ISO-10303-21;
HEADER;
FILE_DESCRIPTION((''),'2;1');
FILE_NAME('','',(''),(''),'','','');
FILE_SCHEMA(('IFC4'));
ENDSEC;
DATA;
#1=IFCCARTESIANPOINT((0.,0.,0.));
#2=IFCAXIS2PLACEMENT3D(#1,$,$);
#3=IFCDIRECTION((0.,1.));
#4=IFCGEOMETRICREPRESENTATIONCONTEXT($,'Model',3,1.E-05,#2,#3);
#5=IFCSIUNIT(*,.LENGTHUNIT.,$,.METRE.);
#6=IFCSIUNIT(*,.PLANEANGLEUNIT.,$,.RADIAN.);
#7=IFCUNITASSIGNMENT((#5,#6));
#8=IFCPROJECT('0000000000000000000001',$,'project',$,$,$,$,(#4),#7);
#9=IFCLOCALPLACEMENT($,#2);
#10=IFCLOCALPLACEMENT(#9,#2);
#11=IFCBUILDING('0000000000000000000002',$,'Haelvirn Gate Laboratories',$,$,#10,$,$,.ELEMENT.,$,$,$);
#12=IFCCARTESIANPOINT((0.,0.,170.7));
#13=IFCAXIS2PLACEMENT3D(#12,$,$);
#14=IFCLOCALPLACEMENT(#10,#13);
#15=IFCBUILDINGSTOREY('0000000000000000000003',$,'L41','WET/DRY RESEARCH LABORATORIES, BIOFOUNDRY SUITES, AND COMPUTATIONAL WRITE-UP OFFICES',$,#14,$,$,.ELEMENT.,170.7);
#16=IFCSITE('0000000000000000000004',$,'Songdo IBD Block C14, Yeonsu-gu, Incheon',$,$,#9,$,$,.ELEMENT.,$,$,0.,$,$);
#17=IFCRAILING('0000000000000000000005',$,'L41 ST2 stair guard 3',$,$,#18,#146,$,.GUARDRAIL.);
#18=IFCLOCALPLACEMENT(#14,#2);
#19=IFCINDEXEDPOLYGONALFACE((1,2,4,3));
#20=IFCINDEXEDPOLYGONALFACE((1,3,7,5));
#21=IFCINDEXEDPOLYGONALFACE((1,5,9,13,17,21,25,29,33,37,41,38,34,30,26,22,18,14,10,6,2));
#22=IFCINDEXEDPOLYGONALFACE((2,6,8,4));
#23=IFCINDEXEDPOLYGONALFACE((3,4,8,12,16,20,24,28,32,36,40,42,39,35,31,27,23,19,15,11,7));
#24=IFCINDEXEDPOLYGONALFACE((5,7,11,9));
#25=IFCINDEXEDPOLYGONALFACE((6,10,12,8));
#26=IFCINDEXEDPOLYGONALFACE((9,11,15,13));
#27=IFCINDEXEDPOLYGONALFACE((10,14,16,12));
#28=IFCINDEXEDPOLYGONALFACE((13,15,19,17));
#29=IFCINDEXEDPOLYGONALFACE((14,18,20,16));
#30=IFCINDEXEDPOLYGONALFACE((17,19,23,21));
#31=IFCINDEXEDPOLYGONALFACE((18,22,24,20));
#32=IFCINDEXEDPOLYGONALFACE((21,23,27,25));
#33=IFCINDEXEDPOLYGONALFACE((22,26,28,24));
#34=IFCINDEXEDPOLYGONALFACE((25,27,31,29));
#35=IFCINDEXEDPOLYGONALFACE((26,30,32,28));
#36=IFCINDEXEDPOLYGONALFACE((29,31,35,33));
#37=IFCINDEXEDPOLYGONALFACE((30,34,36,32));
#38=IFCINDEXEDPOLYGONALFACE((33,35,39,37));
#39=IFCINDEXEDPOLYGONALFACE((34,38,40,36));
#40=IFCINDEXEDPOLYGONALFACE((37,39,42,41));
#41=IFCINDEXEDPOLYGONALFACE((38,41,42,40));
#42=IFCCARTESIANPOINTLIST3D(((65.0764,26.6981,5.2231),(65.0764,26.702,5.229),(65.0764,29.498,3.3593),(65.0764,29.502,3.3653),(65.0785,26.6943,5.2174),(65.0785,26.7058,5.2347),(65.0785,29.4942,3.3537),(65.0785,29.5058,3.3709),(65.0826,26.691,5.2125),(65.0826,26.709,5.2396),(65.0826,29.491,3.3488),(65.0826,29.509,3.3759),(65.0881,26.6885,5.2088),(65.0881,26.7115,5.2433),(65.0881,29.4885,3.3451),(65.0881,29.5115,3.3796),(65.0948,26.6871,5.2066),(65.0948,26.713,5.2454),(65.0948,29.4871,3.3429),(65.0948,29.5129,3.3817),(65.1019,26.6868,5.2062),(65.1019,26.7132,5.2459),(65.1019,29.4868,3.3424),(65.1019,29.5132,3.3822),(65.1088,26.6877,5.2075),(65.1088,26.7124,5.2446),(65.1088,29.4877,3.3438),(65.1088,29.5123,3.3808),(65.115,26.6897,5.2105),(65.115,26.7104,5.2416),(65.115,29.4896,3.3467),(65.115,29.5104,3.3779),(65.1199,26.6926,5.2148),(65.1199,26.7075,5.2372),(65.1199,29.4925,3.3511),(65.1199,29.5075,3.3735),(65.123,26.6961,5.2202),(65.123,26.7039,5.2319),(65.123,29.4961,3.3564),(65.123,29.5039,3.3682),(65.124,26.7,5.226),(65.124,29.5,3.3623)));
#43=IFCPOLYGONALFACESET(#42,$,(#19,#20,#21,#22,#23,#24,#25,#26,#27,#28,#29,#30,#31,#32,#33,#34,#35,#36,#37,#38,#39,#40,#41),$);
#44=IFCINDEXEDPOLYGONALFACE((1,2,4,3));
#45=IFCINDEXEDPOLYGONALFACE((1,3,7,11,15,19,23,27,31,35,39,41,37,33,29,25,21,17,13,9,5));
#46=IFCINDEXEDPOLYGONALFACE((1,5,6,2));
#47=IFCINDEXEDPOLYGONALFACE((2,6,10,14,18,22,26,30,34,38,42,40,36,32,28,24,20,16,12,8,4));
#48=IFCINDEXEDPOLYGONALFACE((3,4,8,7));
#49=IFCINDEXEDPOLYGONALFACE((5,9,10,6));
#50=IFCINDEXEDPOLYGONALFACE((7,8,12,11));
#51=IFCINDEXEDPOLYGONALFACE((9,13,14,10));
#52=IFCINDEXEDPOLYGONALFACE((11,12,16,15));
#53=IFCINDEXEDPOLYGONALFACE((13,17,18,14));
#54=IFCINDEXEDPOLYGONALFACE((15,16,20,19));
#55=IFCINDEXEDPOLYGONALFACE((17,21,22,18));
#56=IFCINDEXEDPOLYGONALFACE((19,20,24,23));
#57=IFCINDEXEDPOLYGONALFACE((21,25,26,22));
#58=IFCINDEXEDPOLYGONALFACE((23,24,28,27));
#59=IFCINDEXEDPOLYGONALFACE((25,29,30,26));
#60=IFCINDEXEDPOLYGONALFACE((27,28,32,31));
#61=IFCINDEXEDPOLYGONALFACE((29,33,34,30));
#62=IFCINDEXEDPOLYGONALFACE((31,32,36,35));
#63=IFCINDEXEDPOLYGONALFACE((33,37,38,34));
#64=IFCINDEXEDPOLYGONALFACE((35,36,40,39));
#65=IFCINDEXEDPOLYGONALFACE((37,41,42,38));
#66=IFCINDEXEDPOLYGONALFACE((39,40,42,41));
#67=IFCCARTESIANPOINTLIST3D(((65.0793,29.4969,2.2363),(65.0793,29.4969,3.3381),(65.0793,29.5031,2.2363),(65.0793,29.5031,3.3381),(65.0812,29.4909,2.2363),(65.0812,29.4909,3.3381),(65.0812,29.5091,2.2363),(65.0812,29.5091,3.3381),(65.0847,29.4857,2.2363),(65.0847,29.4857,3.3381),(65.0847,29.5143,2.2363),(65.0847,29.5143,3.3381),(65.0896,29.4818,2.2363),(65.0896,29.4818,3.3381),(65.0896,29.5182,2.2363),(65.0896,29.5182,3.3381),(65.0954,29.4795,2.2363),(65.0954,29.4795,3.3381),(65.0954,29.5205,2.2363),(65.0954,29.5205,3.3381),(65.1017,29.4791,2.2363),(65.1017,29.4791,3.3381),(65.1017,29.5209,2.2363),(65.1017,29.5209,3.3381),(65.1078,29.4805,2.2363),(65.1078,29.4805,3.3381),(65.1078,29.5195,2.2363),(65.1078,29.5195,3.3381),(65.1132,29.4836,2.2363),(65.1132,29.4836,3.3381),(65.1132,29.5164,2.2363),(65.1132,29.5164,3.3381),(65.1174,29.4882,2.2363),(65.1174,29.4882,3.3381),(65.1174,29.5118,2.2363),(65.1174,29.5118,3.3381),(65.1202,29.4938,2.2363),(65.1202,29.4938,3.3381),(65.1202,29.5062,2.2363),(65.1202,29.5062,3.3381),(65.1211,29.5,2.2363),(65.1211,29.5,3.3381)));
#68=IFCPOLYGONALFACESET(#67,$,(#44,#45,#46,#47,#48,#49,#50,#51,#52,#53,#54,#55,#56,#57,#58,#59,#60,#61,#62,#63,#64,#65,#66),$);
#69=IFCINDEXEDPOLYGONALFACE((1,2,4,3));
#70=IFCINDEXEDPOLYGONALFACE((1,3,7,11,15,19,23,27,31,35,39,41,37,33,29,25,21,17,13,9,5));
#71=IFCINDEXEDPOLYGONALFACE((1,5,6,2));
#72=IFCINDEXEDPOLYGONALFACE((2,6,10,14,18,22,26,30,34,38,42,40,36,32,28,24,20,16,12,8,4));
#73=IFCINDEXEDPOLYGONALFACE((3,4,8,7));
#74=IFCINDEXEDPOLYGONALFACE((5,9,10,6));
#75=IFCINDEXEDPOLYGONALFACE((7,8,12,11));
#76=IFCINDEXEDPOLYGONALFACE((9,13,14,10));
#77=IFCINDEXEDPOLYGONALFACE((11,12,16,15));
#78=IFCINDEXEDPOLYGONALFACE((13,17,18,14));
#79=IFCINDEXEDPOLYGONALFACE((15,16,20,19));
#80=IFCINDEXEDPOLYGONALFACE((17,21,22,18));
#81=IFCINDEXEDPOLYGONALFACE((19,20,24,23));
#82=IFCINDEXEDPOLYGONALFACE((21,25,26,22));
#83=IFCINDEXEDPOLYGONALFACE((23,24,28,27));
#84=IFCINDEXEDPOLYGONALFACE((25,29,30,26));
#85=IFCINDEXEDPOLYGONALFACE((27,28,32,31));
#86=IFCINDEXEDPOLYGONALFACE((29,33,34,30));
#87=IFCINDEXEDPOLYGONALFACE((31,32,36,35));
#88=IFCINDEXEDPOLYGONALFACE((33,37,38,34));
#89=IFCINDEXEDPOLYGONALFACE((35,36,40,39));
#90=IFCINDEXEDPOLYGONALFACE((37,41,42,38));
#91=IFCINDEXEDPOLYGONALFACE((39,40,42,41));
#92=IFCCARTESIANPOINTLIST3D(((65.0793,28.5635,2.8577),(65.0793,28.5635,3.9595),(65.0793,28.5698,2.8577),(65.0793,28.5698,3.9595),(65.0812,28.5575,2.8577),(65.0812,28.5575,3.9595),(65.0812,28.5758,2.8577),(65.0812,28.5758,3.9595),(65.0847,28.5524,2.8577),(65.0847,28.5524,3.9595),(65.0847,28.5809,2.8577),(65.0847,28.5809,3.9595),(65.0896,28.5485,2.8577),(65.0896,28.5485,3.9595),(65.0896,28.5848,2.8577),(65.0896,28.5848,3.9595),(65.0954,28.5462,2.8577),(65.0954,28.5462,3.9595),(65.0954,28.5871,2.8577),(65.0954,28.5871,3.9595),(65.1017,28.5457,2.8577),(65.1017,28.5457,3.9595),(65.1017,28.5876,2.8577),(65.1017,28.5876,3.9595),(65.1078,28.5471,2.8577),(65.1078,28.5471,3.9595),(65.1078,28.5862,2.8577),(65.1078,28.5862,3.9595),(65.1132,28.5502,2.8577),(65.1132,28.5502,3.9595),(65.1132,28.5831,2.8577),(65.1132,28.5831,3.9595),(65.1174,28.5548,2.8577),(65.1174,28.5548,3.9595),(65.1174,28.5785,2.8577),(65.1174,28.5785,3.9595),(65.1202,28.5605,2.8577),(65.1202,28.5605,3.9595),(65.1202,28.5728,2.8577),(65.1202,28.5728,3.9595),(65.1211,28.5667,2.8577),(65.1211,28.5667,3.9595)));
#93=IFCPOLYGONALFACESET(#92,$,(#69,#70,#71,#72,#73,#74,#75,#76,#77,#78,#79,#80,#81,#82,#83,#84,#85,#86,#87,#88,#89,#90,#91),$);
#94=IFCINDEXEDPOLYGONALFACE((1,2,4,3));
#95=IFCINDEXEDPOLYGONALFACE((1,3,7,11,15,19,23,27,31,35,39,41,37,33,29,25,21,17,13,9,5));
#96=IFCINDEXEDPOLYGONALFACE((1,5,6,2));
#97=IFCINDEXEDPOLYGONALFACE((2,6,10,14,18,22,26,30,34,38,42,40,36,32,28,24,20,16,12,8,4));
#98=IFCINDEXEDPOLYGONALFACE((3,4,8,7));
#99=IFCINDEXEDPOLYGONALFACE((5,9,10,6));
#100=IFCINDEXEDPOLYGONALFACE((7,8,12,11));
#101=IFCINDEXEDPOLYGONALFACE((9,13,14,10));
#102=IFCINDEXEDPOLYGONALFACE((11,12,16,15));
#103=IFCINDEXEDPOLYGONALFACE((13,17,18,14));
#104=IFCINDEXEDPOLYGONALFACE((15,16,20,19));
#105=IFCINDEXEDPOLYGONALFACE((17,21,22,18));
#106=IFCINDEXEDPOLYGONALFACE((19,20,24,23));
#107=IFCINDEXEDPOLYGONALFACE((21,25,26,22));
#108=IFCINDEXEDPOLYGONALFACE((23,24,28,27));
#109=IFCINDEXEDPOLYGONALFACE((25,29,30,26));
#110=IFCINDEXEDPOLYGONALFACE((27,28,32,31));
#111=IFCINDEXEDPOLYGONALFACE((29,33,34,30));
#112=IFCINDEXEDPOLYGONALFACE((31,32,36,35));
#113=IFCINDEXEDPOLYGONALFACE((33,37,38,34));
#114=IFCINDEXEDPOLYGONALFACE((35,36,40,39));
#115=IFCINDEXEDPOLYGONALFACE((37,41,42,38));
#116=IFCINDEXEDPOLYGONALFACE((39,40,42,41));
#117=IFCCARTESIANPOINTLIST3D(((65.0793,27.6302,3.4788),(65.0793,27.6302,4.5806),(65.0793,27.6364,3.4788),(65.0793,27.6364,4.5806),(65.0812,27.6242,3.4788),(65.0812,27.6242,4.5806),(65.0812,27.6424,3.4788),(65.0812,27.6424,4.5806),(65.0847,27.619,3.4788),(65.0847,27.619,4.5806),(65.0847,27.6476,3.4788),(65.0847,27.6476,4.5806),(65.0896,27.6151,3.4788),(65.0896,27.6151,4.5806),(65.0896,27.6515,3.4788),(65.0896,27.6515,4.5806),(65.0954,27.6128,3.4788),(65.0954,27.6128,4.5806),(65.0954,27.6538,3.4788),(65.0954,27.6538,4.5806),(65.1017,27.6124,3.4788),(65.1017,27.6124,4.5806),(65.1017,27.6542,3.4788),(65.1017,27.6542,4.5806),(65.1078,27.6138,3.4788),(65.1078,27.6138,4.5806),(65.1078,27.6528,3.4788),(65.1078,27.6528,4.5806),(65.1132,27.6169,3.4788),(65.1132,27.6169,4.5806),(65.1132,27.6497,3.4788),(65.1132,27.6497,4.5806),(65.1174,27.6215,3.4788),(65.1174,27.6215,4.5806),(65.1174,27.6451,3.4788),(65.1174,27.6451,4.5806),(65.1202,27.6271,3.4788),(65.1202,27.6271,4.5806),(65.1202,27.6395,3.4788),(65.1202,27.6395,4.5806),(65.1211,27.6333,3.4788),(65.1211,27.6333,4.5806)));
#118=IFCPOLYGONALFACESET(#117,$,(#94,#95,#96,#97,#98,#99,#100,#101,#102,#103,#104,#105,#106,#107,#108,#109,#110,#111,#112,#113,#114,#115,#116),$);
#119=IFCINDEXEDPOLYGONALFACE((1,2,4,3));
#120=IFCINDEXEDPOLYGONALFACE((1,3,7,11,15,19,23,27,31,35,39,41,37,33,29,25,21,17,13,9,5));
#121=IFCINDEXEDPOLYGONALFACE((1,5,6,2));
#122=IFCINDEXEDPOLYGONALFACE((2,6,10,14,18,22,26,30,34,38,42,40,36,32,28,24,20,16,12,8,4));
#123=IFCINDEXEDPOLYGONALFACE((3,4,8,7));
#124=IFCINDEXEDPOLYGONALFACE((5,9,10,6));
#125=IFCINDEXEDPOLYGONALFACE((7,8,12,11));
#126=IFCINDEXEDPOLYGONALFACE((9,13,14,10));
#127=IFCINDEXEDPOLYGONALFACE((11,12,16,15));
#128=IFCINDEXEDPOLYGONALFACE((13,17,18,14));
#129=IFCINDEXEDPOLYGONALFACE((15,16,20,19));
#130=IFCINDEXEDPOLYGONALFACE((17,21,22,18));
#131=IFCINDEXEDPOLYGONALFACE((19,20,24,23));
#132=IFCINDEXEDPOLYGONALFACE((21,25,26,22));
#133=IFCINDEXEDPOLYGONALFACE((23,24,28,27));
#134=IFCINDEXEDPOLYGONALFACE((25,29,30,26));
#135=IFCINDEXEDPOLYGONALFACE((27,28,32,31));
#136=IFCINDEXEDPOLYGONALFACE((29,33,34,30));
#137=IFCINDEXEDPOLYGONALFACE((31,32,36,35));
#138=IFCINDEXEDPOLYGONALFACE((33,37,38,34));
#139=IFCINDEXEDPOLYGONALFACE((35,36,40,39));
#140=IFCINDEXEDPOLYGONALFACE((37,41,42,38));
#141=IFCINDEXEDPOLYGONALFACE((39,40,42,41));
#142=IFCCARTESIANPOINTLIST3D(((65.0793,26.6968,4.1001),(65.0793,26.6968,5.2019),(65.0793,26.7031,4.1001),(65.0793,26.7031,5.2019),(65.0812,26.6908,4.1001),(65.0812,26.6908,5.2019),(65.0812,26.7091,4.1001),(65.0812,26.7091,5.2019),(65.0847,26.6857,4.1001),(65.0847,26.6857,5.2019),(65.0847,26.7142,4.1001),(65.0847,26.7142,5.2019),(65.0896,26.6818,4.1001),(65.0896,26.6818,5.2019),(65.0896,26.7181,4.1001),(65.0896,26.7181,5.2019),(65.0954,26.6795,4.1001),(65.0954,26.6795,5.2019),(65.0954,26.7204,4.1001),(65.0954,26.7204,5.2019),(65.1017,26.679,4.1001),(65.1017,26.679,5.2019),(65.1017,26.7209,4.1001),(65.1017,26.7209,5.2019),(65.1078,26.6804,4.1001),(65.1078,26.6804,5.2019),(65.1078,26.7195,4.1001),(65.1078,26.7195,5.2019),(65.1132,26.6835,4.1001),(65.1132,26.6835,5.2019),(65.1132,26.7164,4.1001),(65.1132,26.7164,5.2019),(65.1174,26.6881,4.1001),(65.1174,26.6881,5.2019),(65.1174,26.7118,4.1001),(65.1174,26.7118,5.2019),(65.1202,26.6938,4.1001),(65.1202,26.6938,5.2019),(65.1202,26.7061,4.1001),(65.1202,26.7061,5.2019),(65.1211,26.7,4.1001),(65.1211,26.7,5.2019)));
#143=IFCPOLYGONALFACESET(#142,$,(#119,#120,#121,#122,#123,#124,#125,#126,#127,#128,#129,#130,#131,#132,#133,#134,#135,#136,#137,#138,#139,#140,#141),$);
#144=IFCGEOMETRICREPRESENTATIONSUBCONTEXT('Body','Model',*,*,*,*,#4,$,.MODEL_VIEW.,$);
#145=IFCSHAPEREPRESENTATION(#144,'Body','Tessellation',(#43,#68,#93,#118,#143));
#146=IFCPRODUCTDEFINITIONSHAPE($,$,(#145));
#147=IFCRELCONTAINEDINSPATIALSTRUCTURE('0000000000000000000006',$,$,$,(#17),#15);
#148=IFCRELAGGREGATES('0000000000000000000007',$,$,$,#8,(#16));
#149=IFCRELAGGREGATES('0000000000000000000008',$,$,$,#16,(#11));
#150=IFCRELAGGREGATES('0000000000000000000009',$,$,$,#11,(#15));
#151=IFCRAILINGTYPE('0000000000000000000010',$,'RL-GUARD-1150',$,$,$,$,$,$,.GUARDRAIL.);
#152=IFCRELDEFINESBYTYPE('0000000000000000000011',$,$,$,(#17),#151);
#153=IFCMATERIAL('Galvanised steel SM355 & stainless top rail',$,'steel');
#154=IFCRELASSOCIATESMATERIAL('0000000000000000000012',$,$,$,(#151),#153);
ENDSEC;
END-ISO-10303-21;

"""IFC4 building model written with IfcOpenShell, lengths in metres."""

from ifc_helpers import new_model, si_unit, direction, frame, origin, origin_2d, place, context, subcontext, project, spatial, circle, extrude, source, transform, mapped, material, type_object, element, save


model = new_model("IFC4")

# Units and contexts
model_context = context("Model", 3, precision=1e-05, world=origin(), true_north=direction((0.0, 1.0)))
body_context = subcontext(model_context, "Body", "Model", "MODEL_VIEW")
ifc_project = project(units=[si_unit("LENGTHUNIT", "METRE"), si_unit("PLANEANGLEUNIT", "RADIAN")], contexts=[model_context])

# Site, building, storey
site_placement = place(None, origin())
site = spatial("IfcSite", under=ifc_project, at=site_placement, Name="Songdo IBD Block C14, Yeonsu-gu, Incheon", CompositionType="ELEMENT", RefElevation=0.0)
building_placement = place(site_placement, origin())
building = spatial("IfcBuilding", under=site, at=building_placement, Name="Haelvirn Gate Laboratories", CompositionType="ELEMENT")
storey_placement = place(building_placement, frame((0.0, 0.0, 170.7)))
storey = spatial("IfcBuildingStorey", under=building, at=storey_placement, Name="L41", Description="WET/DRY RESEARCH LABORATORIES, BIOFOUNDRY SUITES, AND COMPUTATIONAL WRITE-UP OFFICES", CompositionType="ELEMENT", Elevation=170.7)

# Railing
ifc_material_1 = material(Name="Galvanised steel SM355 & stainless top rail", Category="steel")
railing_type_1 = type_object("IfcRailingType", Name="RL-GUARD-1150", PredefinedType="GUARDRAIL", material=ifc_material_1)
shared_shape_1 = source(origin(), body_context, "Body", "SweptSolid", [
    extrude(circle(Radius=0.0239, at=origin_2d()), frame((0.0, 0.0, 1.126), z_axis=(0.0, -0.832452, 0.554097), x_axis=(1.0, 0.0, 0.0)), (0.0, 0.0, 1.0), 3.3635),
    extrude(circle(Radius=0.021, at=origin_2d()), origin(), (0.0, 0.0, 1.0), 1.1018),
    extrude(circle(Radius=0.021, at=origin_2d()), frame((0.0, -0.9333, 0.6213)), (0.0, 0.0, 1.0), 1.1018),
    extrude(circle(Radius=0.021, at=origin_2d()), frame((0.0, -1.8667, 1.2424)), (0.0, 0.0, 1.0), 1.1018),
    extrude(circle(Radius=0.021, at=origin_2d()), frame((0.0, -2.8, 1.8638)), (0.0, 0.0, 1.0), 1.1018),
])
railing_1_placement = place(storey_placement, frame((65.1001, 29.5, 2.2363)))
element("IfcRailing", 1, at=railing_1_placement, inside=storey, type_object=railing_type_1, Name="L41 ST2 stair guard 3", PredefinedType="GUARDRAIL", context=body_context, shape_type="MappedRepresentation", body=[
    mapped(shared_shape_1, transform((0.0, 0.0, 0.0), scale=1.0)),
])

save(model, "model.ifc")
